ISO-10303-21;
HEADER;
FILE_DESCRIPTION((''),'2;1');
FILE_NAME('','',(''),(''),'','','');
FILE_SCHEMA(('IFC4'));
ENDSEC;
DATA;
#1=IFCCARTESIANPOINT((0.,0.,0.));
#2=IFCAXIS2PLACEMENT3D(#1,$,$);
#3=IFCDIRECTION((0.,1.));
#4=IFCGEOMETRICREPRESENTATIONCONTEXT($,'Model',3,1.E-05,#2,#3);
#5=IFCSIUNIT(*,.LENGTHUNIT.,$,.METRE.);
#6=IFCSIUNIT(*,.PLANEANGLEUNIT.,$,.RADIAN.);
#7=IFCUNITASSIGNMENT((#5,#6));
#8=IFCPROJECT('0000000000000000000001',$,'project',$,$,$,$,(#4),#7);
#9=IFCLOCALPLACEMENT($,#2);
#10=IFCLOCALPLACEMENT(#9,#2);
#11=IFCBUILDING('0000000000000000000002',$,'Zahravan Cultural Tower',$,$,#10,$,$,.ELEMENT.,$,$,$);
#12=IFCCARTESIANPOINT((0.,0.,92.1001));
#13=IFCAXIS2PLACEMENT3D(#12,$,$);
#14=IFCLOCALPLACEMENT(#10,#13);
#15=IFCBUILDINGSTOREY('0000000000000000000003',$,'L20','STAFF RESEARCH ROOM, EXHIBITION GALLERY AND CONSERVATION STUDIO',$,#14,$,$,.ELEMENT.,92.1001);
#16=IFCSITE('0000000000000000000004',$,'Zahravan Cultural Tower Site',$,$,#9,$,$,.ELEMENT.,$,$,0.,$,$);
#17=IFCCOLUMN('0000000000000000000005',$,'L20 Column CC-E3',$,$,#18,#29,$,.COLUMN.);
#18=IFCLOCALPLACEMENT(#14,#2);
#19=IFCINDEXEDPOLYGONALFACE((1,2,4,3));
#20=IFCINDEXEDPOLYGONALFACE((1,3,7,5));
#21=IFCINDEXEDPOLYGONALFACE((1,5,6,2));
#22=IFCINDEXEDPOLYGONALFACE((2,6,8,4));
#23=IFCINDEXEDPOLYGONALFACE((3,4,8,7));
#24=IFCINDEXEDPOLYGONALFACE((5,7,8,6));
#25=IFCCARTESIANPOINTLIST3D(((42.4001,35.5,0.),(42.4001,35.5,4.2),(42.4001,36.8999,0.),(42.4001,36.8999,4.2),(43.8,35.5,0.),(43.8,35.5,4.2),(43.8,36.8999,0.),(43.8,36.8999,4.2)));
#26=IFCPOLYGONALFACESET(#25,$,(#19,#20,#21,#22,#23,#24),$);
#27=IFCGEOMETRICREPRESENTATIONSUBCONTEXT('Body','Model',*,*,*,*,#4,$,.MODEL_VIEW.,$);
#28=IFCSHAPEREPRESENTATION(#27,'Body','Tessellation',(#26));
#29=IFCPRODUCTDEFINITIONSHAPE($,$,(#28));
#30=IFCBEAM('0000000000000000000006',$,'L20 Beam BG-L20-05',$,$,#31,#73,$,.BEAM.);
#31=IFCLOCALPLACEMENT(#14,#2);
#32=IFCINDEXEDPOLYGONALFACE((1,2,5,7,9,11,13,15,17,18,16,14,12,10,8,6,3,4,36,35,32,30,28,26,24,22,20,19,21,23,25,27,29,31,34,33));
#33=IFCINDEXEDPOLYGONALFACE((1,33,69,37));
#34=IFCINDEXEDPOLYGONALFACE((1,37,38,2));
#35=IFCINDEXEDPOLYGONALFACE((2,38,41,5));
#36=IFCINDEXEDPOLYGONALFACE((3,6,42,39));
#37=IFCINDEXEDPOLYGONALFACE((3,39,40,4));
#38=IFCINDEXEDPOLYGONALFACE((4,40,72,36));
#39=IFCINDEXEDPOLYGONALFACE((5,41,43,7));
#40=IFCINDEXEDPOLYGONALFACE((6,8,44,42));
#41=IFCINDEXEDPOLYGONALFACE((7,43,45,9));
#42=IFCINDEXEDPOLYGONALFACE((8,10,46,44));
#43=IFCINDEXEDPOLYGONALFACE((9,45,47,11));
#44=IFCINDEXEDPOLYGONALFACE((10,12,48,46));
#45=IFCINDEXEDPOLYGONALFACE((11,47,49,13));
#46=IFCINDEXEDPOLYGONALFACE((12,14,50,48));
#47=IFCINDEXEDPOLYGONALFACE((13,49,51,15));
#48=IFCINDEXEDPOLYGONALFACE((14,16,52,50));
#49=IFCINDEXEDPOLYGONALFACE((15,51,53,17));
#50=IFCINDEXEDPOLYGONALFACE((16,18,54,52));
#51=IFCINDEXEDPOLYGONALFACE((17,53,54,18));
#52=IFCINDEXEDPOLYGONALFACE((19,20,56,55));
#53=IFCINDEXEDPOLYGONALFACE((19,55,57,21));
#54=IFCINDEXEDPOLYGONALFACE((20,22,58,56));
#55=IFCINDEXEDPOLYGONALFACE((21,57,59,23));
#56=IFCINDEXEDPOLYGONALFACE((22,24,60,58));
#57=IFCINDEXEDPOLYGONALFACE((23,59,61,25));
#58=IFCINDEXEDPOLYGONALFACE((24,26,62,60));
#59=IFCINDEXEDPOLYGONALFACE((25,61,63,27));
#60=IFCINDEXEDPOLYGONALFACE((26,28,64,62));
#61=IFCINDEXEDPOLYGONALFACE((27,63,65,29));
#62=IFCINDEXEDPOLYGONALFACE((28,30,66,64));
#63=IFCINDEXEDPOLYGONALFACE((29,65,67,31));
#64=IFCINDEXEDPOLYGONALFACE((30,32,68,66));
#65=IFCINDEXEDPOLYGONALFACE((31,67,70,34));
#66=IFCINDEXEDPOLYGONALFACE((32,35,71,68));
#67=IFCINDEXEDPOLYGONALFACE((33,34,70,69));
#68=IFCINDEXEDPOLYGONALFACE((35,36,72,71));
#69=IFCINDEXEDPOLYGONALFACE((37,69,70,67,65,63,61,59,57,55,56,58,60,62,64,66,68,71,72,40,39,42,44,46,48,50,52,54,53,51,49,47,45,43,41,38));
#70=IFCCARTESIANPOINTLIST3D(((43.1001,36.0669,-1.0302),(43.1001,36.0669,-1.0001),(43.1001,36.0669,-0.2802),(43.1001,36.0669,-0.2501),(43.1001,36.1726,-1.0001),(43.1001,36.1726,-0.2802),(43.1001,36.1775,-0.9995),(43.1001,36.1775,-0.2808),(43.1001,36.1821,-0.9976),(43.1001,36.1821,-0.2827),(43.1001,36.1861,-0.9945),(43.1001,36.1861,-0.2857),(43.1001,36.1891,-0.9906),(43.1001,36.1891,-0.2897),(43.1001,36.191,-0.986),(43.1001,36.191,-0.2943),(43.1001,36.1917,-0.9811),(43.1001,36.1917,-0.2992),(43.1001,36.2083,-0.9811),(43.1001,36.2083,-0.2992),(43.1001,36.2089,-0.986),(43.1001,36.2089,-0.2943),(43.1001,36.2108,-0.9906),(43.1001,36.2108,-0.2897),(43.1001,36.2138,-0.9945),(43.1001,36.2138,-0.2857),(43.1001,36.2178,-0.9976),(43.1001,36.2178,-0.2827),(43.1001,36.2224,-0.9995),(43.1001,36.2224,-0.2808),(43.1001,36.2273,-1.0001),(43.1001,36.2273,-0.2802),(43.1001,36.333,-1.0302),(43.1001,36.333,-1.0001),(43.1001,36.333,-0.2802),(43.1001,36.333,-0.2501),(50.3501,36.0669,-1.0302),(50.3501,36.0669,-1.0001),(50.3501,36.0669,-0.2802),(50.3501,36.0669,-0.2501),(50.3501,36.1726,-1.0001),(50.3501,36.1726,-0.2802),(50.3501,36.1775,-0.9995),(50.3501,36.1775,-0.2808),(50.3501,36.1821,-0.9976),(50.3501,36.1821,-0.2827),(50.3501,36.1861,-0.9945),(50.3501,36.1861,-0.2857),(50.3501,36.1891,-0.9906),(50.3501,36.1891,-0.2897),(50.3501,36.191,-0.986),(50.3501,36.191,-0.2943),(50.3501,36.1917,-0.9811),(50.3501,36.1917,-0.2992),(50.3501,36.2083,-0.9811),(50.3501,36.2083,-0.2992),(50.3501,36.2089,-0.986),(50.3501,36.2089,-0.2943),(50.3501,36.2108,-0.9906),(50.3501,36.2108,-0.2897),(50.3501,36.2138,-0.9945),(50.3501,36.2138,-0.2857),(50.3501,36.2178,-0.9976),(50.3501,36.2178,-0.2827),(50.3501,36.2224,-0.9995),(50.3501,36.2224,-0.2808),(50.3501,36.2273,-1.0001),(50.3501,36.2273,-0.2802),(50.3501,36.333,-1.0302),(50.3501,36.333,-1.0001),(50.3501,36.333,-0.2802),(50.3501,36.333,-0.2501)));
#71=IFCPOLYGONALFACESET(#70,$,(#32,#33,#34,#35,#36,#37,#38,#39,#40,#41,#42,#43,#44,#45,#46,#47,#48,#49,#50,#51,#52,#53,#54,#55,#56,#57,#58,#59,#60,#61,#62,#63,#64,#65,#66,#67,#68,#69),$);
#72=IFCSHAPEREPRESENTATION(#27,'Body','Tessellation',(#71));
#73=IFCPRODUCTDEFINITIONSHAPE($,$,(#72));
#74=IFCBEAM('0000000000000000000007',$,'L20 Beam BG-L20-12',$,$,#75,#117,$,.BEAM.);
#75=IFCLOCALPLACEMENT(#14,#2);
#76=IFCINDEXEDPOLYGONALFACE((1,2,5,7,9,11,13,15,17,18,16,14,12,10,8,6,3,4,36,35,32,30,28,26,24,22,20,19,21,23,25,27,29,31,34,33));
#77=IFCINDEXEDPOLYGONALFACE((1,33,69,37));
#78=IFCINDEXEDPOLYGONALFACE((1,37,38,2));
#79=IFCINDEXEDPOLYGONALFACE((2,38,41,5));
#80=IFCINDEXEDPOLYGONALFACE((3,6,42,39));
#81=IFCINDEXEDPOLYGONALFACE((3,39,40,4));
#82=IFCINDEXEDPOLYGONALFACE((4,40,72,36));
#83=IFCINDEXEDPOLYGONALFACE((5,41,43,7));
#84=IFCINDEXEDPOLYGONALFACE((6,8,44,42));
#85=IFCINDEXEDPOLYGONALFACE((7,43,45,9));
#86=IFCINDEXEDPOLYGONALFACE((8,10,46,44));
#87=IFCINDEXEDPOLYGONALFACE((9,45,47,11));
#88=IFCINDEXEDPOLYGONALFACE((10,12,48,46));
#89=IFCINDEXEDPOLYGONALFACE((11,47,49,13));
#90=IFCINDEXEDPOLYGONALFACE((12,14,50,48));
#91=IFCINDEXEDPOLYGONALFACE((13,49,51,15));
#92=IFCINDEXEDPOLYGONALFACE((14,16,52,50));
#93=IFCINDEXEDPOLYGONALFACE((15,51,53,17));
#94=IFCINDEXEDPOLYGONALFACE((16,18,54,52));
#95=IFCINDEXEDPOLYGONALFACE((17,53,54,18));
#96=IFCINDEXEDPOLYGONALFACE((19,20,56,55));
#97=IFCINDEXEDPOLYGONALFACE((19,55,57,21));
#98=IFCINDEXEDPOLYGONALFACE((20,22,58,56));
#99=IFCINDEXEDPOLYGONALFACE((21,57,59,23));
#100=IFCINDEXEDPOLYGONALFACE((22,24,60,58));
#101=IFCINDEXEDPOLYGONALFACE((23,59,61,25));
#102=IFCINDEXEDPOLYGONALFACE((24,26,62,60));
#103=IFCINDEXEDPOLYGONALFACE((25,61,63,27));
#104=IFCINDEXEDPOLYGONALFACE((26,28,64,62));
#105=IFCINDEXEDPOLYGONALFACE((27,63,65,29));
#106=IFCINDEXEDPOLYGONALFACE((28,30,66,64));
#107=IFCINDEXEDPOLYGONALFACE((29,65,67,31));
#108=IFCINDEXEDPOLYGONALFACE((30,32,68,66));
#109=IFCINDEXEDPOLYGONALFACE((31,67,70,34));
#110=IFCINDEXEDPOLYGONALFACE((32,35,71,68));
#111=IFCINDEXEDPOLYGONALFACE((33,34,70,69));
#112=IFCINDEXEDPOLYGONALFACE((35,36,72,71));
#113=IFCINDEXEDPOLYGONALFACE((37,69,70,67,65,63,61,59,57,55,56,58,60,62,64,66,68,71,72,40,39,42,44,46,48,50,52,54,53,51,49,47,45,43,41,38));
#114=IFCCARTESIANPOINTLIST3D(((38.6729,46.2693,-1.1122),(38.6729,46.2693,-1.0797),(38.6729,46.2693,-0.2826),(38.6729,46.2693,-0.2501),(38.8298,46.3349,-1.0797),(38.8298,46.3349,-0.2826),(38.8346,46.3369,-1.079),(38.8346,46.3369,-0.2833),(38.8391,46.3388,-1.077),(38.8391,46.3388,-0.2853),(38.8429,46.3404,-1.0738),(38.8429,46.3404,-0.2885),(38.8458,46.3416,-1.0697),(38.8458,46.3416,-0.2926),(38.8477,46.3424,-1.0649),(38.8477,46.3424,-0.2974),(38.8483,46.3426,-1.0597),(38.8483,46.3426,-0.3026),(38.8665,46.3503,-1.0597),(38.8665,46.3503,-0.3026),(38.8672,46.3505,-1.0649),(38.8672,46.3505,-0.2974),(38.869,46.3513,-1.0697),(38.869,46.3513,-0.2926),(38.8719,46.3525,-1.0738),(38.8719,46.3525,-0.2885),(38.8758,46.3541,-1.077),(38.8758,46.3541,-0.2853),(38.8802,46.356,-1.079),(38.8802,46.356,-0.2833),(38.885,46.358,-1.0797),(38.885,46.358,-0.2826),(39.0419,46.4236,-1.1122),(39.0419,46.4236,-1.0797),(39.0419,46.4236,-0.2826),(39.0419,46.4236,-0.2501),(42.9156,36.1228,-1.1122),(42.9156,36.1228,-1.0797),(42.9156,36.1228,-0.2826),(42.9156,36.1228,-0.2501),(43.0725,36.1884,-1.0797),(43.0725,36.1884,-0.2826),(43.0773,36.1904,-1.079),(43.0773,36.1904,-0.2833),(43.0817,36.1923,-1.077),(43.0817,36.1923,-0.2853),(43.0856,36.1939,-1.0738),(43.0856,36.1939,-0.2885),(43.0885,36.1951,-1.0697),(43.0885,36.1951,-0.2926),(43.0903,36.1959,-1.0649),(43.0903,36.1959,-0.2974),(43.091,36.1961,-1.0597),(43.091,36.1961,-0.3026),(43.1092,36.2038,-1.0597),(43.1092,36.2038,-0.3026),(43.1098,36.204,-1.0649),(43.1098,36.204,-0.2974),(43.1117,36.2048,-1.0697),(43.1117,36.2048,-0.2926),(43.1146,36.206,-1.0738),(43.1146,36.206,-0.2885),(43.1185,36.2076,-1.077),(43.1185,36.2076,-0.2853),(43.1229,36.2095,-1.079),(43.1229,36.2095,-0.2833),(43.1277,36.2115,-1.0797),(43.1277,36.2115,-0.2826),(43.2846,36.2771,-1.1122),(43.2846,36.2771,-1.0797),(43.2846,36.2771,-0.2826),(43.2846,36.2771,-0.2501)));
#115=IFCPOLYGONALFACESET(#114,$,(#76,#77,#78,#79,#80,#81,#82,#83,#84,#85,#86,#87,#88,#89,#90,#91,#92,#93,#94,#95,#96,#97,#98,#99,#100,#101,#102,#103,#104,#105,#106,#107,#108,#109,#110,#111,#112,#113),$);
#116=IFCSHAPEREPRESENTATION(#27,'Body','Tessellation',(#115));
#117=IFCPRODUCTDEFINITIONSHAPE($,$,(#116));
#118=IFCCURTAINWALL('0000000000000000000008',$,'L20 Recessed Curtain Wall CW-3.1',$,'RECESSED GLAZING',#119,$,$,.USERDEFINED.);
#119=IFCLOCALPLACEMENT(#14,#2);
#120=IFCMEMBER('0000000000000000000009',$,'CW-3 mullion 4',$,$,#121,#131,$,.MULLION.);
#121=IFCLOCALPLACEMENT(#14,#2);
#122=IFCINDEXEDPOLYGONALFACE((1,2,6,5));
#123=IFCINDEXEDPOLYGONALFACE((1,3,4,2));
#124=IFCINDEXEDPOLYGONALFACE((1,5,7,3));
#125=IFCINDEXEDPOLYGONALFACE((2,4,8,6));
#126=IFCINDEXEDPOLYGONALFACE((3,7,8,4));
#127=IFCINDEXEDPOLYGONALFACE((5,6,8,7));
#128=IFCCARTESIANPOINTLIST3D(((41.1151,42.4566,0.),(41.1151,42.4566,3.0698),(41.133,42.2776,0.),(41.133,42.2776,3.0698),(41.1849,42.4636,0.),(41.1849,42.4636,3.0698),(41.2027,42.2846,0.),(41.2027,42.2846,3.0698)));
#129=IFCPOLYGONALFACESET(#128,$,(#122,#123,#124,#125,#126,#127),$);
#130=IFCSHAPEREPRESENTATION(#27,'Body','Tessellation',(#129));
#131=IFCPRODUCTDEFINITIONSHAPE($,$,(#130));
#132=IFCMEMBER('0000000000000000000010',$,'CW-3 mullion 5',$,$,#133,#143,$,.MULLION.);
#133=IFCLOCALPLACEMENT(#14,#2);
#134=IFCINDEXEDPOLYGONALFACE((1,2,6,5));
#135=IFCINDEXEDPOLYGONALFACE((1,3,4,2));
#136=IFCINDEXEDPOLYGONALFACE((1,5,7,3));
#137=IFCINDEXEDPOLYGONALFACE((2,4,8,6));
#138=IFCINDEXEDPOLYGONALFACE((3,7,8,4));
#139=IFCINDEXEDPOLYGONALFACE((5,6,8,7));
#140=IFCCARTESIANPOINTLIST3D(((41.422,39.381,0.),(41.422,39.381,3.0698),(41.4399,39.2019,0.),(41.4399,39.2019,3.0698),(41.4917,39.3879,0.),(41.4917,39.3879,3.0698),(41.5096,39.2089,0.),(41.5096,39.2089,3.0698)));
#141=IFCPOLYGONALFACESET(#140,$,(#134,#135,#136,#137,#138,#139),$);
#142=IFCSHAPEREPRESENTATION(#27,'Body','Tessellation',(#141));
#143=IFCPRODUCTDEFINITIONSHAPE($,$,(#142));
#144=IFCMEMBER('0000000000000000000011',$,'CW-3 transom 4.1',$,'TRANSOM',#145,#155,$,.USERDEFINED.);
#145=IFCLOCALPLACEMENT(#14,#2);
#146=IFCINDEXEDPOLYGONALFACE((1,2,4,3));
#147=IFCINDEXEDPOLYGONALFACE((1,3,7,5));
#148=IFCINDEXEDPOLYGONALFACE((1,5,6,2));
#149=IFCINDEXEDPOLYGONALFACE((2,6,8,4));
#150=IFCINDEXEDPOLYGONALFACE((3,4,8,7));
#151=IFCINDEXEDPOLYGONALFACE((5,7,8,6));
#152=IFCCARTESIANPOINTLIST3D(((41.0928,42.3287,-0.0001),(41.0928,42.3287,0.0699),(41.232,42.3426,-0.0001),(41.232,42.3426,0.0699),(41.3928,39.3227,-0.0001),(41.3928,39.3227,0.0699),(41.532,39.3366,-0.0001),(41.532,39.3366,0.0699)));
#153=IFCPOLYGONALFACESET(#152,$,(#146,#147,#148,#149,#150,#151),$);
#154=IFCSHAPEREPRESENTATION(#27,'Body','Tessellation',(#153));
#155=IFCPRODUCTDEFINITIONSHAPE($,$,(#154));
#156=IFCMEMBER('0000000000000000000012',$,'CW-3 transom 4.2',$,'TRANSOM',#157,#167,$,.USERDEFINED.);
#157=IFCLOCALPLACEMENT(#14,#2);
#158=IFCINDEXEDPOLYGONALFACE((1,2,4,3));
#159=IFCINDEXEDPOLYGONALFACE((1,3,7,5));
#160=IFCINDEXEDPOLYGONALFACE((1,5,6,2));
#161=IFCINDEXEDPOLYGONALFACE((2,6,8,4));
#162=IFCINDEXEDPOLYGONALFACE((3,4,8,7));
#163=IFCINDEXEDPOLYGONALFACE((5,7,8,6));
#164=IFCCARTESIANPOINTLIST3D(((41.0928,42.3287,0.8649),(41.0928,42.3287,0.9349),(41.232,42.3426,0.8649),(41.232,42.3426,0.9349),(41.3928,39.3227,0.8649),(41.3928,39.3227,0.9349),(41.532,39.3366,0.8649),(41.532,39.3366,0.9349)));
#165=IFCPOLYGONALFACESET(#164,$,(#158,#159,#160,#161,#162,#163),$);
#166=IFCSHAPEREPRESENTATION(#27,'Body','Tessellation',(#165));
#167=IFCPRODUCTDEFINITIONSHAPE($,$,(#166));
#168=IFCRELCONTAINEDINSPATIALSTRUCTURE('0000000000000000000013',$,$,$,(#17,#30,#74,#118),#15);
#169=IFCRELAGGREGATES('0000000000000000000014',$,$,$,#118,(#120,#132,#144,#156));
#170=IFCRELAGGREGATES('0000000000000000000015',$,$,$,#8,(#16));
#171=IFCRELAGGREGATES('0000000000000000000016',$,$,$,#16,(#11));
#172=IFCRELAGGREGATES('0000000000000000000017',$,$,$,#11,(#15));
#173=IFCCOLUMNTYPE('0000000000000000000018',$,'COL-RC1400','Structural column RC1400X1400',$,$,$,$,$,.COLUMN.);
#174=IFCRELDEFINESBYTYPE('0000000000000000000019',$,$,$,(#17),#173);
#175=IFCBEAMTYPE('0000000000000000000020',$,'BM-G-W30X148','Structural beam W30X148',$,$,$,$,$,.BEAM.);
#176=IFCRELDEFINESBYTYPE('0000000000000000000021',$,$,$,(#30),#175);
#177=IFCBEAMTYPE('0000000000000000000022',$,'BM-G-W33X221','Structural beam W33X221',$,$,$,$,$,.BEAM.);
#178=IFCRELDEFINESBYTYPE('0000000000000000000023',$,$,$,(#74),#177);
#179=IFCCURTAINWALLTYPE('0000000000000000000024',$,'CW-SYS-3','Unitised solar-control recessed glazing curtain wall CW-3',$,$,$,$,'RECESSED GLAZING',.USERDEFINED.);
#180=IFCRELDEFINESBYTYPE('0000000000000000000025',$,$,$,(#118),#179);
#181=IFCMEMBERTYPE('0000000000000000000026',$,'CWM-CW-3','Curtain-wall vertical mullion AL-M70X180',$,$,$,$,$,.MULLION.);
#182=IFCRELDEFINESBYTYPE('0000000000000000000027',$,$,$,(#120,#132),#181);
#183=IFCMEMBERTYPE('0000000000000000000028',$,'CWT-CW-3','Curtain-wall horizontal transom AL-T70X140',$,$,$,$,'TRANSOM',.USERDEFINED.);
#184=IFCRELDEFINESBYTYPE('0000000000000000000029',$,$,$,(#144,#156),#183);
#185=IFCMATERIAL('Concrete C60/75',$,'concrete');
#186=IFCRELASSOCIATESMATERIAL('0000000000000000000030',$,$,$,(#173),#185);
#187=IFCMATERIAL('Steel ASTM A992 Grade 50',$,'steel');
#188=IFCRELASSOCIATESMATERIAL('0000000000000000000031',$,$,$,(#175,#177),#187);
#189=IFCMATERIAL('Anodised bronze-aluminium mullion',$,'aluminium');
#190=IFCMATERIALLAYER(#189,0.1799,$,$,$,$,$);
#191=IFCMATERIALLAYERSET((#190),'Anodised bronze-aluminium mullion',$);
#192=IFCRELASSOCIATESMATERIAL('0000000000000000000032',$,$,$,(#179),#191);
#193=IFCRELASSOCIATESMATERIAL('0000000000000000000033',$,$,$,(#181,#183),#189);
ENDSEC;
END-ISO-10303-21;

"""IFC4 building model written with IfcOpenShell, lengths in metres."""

from ifc_helpers import new_model, si_unit, direction, frame, origin, origin_2d, place, context, subcontext, project, spatial, rectangle, i_section, extrude, source, transform, mapped, material, layer, layer_set, material_profile, profile_set, type_object, element, aggregate, save


model = new_model("IFC4")

# Units and contexts
model_context = context("Model", 3, precision=1e-05, world=origin(), true_north=direction((0.0, 1.0)))
body_context = subcontext(model_context, "Body", "Model", "MODEL_VIEW")
ifc_project = project(units=[si_unit("LENGTHUNIT", "METRE"), si_unit("PLANEANGLEUNIT", "RADIAN")], contexts=[model_context])

# Site, building, storey
site_placement = place(None, origin())
site = spatial("IfcSite", under=ifc_project, at=site_placement, Name="Zahravan Cultural Tower Site", CompositionType="ELEMENT", RefElevation=0.0)
building_placement = place(site_placement, origin())
building = spatial("IfcBuilding", under=site, at=building_placement, Name="Zahravan Cultural Tower", CompositionType="ELEMENT")
storey_placement = place(building_placement, frame((0.0, 0.0, 92.1001)))
storey = spatial("IfcBuildingStorey", under=building, at=storey_placement, Name="L20", Description="STAFF RESEARCH ROOM, EXHIBITION GALLERY AND CONSERVATION STUDIO", CompositionType="ELEMENT", Elevation=92.1001)

# Column
ifc_material_1 = material(Name="Concrete C60/75", Category="concrete")
ifc_material_profile_1 = material_profile(ifc_material_1, rectangle(XDim=1.3999, YDim=1.3999, at=origin_2d()), Name="RC1400X1400")
ifc_profile_set_1 = profile_set([ifc_material_profile_1], Name="Concrete C60/75")
column_type = type_object("IfcColumnType", Name="COL-RC1400", Description="Structural column RC1400X1400", PredefinedType="COLUMN", material=ifc_profile_set_1)
shared_shape_1 = source(origin(), body_context, "Body", "SweptSolid", [
    extrude(rectangle(XDim=1.3999, YDim=1.3999, at=origin_2d()), origin(), (0.0, 0.0, 1.0), 4.2),
])
column_placement = place(storey_placement, frame((43.1001, 36.2, 0.0), z_axis=(0.0, 0.0, 1.0), x_axis=(1.0, 0.0, 0.0)))
element("IfcColumn", 1, at=column_placement, inside=storey, type_object=column_type, Name="L20 Column CC-E3", PredefinedType="COLUMN", context=body_context, shape_type="MappedRepresentation", body=[
    mapped(shared_shape_1, transform((0.0, 0.0, 0.0), x_axis=(1.0, 0.0, 0.0), y_axis=(0.0, 1.0, 0.0), z_axis=(0.0, 0.0, 1.0), scale=1.0)),
])

# Beams
ifc_material_2 = material(Name="Steel ASTM A992 Grade 50", Category="steel")
ifc_material_profile_2 = material_profile(ifc_material_2, i_section(OverallWidth=0.2661, OverallDepth=0.78, WebThickness=0.0166, FlangeThickness=0.03, FilletRadius=0.019, at=origin_2d()), Name="W30X148")
ifc_profile_set_2 = profile_set([ifc_material_profile_2], Name="Steel ASTM A992 Grade 50")
beam_type_1 = type_object("IfcBeamType", Name="BM-G-W30X148", Description="Structural beam W30X148", PredefinedType="BEAM", material=ifc_profile_set_2)
shared_shape_2 = source(origin(), body_context, "Body", "SweptSolid", [
    extrude(i_section(OverallWidth=0.2661, OverallDepth=0.78, WebThickness=0.0166, FlangeThickness=0.03, FilletRadius=0.019, at=origin_2d()), origin(), (0.0, 0.0, 1.0), 7.25),
])
beam_1_placement = place(storey_placement, frame((43.1001, 36.2, -0.6401), z_axis=(1.0, 0.0, 0.0), x_axis=(0.0, 1.0, 0.0)))
element("IfcBeam", 2, at=beam_1_placement, inside=storey, type_object=beam_type_1, Name="L20 Beam BG-L20-05", PredefinedType="BEAM", context=body_context, shape_type="MappedRepresentation", body=[
    mapped(shared_shape_2, transform((0.0, 0.0, 0.0), x_axis=(1.0, 0.0, 0.0), y_axis=(0.0, 1.0, 0.0), z_axis=(0.0, 0.0, 1.0), scale=1.0)),
])
ifc_material_profile_3 = material_profile(ifc_material_2, i_section(OverallWidth=0.3999, OverallDepth=0.8621, WebThickness=0.0198, FlangeThickness=0.0325, FilletRadius=0.02, at=origin_2d()), Name="W33X221")
ifc_profile_set_3 = profile_set([ifc_material_profile_3], Name="Steel ASTM A992 Grade 50")
beam_type_2 = type_object("IfcBeamType", Name="BM-G-W33X221", Description="Structural beam W33X221", PredefinedType="BEAM", material=ifc_profile_set_3)
shared_shape_3 = source(origin(), body_context, "Body", "SweptSolid", [
    extrude(i_section(OverallWidth=0.3999, OverallDepth=0.8621, WebThickness=0.0198, FlangeThickness=0.0325, FilletRadius=0.02, at=origin_2d()), origin(), (0.0, 0.0, 1.0), 10.9978),
])
beam_2_placement = place(storey_placement, frame((43.1001, 36.2, -0.6812), z_axis=(-0.385775, 0.922593, 0.0), x_axis=(-0.922593, -0.385775, 0.0)))
element("IfcBeam", 3, at=beam_2_placement, inside=storey, type_object=beam_type_2, Name="L20 Beam BG-L20-12", PredefinedType="BEAM", context=body_context, shape_type="MappedRepresentation", body=[
    mapped(shared_shape_3, transform((0.0, 0.0, 0.0), x_axis=(1.0, 0.0, 0.0), y_axis=(0.0, 1.0, 0.0), z_axis=(0.0, 0.0, 1.0), scale=1.0)),
])

# Curtain wall, members
ifc_material_3 = material(Name="Anodised bronze-aluminium mullion", Category="aluminium")
ifc_layer_1 = layer(ifc_material_3, 0.1799)
ifc_layer_set_1 = layer_set([ifc_layer_1], Name="Anodised bronze-aluminium mullion")
curtain_wall_type = type_object("IfcCurtainWallType", Name="CW-SYS-3", Description="Unitised solar-control recessed glazing curtain wall CW-3", ElementType="RECESSED GLAZING", PredefinedType="USERDEFINED", material=ifc_layer_set_1)
curtain_wall_placement = place(storey_placement, origin())
curtain_wall = element("IfcCurtainWall", 4, at=curtain_wall_placement, inside=storey, type_object=curtain_wall_type, Name="L20 Recessed Curtain Wall CW-3.1", ObjectType="RECESSED GLAZING", PredefinedType="USERDEFINED")
ifc_material_profile_4 = material_profile(ifc_material_3, rectangle(XDim=0.0701, YDim=0.1799, at=origin_2d()), Name="AL-M70X180")
ifc_profile_set_4 = profile_set([ifc_material_profile_4], Name="Anodised bronze-aluminium mullion")
member_type_1 = type_object("IfcMemberType", Name="CWM-CW-3", Description="Curtain-wall vertical mullion AL-M70X180", PredefinedType="MULLION", material=ifc_profile_set_4)
shared_shape_4 = source(origin(), body_context, "Body", "SweptSolid", [
    extrude(rectangle(XDim=0.0701, YDim=0.1799, at=origin_2d()), origin(), (0.0, 0.0, 1.0), 3.0698),
])
member_1_placement = place(storey_placement, frame((41.1589, 42.3706, 0.0), z_axis=(0.0, 0.0, 1.0), x_axis=(0.995055, 0.099322, 0.0)))
member_1 = element("IfcMember", 5, at=member_1_placement, type_object=member_type_1, Name="CW-3 mullion 4", PredefinedType="MULLION", context=body_context, shape_type="MappedRepresentation", body=[
    mapped(shared_shape_4, transform((0.0, 0.0, 0.0), x_axis=(1.0, 0.0, 0.0), y_axis=(0.0, 1.0, 0.0), z_axis=(0.0, 0.0, 1.0), scale=1.0)),
])
member_2_placement = place(storey_placement, frame((41.4658, 39.2949, 0.0), z_axis=(0.0, 0.0, 1.0), x_axis=(0.995055, 0.099322, 0.0)))
member_2 = element("IfcMember", 6, at=member_2_placement, type_object=member_type_1, Name="CW-3 mullion 5", PredefinedType="MULLION", context=body_context, shape_type="MappedRepresentation", body=[
    mapped(shared_shape_4, transform((0.0, 0.0, 0.0), x_axis=(1.0, 0.0, 0.0), y_axis=(0.0, 1.0, 0.0), z_axis=(0.0, 0.0, 1.0), scale=1.0)),
])
ifc_material_profile_5 = material_profile(ifc_material_3, rectangle(XDim=0.1399, YDim=0.0701, at=origin_2d()), Name="AL-T70X140")
ifc_profile_set_5 = profile_set([ifc_material_profile_5], Name="Anodised bronze-aluminium mullion")
member_type_2 = type_object("IfcMemberType", Name="CWT-CW-3", Description="Curtain-wall horizontal transom AL-T70X140", ElementType="TRANSOM", PredefinedType="USERDEFINED", material=ifc_profile_set_5)
shared_shape_5 = source(origin(), body_context, "Body", "SweptSolid", [
    extrude(rectangle(XDim=0.1399, YDim=0.0701, at=origin_2d()), origin(), (0.0, 0.0, 1.0), 3.021),
])
member_3_placement = place(storey_placement, frame((41.1624, 42.3357, 0.0349), z_axis=(0.09932, -0.995056, 0.0), x_axis=(0.995056, 0.09932, 0.0)))
member_3 = element("IfcMember", 7, at=member_3_placement, type_object=member_type_2, Name="CW-3 transom 4.1", ObjectType="TRANSOM", PredefinedType="USERDEFINED", context=body_context, shape_type="MappedRepresentation", body=[
    mapped(shared_shape_5, transform((0.0, 0.0, 0.0), x_axis=(1.0, 0.0, 0.0), y_axis=(0.0, 1.0, 0.0), z_axis=(0.0, 0.0, 1.0), scale=1.0)),
])
member_4_placement = place(storey_placement, frame((41.1624, 42.3357, 0.8999), z_axis=(0.09932, -0.995056, 0.0), x_axis=(0.995056, 0.09932, 0.0)))
member_4 = element("IfcMember", 8, at=member_4_placement, type_object=member_type_2, Name="CW-3 transom 4.2", ObjectType="TRANSOM", PredefinedType="USERDEFINED", context=body_context, shape_type="MappedRepresentation", body=[
    mapped(shared_shape_5, transform((0.0, 0.0, 0.0), x_axis=(1.0, 0.0, 0.0), y_axis=(0.0, 1.0, 0.0), z_axis=(0.0, 0.0, 1.0), scale=1.0)),
])
aggregate(curtain_wall, [member_1, member_2, member_3, member_4])

save(model, "model.ifc")
